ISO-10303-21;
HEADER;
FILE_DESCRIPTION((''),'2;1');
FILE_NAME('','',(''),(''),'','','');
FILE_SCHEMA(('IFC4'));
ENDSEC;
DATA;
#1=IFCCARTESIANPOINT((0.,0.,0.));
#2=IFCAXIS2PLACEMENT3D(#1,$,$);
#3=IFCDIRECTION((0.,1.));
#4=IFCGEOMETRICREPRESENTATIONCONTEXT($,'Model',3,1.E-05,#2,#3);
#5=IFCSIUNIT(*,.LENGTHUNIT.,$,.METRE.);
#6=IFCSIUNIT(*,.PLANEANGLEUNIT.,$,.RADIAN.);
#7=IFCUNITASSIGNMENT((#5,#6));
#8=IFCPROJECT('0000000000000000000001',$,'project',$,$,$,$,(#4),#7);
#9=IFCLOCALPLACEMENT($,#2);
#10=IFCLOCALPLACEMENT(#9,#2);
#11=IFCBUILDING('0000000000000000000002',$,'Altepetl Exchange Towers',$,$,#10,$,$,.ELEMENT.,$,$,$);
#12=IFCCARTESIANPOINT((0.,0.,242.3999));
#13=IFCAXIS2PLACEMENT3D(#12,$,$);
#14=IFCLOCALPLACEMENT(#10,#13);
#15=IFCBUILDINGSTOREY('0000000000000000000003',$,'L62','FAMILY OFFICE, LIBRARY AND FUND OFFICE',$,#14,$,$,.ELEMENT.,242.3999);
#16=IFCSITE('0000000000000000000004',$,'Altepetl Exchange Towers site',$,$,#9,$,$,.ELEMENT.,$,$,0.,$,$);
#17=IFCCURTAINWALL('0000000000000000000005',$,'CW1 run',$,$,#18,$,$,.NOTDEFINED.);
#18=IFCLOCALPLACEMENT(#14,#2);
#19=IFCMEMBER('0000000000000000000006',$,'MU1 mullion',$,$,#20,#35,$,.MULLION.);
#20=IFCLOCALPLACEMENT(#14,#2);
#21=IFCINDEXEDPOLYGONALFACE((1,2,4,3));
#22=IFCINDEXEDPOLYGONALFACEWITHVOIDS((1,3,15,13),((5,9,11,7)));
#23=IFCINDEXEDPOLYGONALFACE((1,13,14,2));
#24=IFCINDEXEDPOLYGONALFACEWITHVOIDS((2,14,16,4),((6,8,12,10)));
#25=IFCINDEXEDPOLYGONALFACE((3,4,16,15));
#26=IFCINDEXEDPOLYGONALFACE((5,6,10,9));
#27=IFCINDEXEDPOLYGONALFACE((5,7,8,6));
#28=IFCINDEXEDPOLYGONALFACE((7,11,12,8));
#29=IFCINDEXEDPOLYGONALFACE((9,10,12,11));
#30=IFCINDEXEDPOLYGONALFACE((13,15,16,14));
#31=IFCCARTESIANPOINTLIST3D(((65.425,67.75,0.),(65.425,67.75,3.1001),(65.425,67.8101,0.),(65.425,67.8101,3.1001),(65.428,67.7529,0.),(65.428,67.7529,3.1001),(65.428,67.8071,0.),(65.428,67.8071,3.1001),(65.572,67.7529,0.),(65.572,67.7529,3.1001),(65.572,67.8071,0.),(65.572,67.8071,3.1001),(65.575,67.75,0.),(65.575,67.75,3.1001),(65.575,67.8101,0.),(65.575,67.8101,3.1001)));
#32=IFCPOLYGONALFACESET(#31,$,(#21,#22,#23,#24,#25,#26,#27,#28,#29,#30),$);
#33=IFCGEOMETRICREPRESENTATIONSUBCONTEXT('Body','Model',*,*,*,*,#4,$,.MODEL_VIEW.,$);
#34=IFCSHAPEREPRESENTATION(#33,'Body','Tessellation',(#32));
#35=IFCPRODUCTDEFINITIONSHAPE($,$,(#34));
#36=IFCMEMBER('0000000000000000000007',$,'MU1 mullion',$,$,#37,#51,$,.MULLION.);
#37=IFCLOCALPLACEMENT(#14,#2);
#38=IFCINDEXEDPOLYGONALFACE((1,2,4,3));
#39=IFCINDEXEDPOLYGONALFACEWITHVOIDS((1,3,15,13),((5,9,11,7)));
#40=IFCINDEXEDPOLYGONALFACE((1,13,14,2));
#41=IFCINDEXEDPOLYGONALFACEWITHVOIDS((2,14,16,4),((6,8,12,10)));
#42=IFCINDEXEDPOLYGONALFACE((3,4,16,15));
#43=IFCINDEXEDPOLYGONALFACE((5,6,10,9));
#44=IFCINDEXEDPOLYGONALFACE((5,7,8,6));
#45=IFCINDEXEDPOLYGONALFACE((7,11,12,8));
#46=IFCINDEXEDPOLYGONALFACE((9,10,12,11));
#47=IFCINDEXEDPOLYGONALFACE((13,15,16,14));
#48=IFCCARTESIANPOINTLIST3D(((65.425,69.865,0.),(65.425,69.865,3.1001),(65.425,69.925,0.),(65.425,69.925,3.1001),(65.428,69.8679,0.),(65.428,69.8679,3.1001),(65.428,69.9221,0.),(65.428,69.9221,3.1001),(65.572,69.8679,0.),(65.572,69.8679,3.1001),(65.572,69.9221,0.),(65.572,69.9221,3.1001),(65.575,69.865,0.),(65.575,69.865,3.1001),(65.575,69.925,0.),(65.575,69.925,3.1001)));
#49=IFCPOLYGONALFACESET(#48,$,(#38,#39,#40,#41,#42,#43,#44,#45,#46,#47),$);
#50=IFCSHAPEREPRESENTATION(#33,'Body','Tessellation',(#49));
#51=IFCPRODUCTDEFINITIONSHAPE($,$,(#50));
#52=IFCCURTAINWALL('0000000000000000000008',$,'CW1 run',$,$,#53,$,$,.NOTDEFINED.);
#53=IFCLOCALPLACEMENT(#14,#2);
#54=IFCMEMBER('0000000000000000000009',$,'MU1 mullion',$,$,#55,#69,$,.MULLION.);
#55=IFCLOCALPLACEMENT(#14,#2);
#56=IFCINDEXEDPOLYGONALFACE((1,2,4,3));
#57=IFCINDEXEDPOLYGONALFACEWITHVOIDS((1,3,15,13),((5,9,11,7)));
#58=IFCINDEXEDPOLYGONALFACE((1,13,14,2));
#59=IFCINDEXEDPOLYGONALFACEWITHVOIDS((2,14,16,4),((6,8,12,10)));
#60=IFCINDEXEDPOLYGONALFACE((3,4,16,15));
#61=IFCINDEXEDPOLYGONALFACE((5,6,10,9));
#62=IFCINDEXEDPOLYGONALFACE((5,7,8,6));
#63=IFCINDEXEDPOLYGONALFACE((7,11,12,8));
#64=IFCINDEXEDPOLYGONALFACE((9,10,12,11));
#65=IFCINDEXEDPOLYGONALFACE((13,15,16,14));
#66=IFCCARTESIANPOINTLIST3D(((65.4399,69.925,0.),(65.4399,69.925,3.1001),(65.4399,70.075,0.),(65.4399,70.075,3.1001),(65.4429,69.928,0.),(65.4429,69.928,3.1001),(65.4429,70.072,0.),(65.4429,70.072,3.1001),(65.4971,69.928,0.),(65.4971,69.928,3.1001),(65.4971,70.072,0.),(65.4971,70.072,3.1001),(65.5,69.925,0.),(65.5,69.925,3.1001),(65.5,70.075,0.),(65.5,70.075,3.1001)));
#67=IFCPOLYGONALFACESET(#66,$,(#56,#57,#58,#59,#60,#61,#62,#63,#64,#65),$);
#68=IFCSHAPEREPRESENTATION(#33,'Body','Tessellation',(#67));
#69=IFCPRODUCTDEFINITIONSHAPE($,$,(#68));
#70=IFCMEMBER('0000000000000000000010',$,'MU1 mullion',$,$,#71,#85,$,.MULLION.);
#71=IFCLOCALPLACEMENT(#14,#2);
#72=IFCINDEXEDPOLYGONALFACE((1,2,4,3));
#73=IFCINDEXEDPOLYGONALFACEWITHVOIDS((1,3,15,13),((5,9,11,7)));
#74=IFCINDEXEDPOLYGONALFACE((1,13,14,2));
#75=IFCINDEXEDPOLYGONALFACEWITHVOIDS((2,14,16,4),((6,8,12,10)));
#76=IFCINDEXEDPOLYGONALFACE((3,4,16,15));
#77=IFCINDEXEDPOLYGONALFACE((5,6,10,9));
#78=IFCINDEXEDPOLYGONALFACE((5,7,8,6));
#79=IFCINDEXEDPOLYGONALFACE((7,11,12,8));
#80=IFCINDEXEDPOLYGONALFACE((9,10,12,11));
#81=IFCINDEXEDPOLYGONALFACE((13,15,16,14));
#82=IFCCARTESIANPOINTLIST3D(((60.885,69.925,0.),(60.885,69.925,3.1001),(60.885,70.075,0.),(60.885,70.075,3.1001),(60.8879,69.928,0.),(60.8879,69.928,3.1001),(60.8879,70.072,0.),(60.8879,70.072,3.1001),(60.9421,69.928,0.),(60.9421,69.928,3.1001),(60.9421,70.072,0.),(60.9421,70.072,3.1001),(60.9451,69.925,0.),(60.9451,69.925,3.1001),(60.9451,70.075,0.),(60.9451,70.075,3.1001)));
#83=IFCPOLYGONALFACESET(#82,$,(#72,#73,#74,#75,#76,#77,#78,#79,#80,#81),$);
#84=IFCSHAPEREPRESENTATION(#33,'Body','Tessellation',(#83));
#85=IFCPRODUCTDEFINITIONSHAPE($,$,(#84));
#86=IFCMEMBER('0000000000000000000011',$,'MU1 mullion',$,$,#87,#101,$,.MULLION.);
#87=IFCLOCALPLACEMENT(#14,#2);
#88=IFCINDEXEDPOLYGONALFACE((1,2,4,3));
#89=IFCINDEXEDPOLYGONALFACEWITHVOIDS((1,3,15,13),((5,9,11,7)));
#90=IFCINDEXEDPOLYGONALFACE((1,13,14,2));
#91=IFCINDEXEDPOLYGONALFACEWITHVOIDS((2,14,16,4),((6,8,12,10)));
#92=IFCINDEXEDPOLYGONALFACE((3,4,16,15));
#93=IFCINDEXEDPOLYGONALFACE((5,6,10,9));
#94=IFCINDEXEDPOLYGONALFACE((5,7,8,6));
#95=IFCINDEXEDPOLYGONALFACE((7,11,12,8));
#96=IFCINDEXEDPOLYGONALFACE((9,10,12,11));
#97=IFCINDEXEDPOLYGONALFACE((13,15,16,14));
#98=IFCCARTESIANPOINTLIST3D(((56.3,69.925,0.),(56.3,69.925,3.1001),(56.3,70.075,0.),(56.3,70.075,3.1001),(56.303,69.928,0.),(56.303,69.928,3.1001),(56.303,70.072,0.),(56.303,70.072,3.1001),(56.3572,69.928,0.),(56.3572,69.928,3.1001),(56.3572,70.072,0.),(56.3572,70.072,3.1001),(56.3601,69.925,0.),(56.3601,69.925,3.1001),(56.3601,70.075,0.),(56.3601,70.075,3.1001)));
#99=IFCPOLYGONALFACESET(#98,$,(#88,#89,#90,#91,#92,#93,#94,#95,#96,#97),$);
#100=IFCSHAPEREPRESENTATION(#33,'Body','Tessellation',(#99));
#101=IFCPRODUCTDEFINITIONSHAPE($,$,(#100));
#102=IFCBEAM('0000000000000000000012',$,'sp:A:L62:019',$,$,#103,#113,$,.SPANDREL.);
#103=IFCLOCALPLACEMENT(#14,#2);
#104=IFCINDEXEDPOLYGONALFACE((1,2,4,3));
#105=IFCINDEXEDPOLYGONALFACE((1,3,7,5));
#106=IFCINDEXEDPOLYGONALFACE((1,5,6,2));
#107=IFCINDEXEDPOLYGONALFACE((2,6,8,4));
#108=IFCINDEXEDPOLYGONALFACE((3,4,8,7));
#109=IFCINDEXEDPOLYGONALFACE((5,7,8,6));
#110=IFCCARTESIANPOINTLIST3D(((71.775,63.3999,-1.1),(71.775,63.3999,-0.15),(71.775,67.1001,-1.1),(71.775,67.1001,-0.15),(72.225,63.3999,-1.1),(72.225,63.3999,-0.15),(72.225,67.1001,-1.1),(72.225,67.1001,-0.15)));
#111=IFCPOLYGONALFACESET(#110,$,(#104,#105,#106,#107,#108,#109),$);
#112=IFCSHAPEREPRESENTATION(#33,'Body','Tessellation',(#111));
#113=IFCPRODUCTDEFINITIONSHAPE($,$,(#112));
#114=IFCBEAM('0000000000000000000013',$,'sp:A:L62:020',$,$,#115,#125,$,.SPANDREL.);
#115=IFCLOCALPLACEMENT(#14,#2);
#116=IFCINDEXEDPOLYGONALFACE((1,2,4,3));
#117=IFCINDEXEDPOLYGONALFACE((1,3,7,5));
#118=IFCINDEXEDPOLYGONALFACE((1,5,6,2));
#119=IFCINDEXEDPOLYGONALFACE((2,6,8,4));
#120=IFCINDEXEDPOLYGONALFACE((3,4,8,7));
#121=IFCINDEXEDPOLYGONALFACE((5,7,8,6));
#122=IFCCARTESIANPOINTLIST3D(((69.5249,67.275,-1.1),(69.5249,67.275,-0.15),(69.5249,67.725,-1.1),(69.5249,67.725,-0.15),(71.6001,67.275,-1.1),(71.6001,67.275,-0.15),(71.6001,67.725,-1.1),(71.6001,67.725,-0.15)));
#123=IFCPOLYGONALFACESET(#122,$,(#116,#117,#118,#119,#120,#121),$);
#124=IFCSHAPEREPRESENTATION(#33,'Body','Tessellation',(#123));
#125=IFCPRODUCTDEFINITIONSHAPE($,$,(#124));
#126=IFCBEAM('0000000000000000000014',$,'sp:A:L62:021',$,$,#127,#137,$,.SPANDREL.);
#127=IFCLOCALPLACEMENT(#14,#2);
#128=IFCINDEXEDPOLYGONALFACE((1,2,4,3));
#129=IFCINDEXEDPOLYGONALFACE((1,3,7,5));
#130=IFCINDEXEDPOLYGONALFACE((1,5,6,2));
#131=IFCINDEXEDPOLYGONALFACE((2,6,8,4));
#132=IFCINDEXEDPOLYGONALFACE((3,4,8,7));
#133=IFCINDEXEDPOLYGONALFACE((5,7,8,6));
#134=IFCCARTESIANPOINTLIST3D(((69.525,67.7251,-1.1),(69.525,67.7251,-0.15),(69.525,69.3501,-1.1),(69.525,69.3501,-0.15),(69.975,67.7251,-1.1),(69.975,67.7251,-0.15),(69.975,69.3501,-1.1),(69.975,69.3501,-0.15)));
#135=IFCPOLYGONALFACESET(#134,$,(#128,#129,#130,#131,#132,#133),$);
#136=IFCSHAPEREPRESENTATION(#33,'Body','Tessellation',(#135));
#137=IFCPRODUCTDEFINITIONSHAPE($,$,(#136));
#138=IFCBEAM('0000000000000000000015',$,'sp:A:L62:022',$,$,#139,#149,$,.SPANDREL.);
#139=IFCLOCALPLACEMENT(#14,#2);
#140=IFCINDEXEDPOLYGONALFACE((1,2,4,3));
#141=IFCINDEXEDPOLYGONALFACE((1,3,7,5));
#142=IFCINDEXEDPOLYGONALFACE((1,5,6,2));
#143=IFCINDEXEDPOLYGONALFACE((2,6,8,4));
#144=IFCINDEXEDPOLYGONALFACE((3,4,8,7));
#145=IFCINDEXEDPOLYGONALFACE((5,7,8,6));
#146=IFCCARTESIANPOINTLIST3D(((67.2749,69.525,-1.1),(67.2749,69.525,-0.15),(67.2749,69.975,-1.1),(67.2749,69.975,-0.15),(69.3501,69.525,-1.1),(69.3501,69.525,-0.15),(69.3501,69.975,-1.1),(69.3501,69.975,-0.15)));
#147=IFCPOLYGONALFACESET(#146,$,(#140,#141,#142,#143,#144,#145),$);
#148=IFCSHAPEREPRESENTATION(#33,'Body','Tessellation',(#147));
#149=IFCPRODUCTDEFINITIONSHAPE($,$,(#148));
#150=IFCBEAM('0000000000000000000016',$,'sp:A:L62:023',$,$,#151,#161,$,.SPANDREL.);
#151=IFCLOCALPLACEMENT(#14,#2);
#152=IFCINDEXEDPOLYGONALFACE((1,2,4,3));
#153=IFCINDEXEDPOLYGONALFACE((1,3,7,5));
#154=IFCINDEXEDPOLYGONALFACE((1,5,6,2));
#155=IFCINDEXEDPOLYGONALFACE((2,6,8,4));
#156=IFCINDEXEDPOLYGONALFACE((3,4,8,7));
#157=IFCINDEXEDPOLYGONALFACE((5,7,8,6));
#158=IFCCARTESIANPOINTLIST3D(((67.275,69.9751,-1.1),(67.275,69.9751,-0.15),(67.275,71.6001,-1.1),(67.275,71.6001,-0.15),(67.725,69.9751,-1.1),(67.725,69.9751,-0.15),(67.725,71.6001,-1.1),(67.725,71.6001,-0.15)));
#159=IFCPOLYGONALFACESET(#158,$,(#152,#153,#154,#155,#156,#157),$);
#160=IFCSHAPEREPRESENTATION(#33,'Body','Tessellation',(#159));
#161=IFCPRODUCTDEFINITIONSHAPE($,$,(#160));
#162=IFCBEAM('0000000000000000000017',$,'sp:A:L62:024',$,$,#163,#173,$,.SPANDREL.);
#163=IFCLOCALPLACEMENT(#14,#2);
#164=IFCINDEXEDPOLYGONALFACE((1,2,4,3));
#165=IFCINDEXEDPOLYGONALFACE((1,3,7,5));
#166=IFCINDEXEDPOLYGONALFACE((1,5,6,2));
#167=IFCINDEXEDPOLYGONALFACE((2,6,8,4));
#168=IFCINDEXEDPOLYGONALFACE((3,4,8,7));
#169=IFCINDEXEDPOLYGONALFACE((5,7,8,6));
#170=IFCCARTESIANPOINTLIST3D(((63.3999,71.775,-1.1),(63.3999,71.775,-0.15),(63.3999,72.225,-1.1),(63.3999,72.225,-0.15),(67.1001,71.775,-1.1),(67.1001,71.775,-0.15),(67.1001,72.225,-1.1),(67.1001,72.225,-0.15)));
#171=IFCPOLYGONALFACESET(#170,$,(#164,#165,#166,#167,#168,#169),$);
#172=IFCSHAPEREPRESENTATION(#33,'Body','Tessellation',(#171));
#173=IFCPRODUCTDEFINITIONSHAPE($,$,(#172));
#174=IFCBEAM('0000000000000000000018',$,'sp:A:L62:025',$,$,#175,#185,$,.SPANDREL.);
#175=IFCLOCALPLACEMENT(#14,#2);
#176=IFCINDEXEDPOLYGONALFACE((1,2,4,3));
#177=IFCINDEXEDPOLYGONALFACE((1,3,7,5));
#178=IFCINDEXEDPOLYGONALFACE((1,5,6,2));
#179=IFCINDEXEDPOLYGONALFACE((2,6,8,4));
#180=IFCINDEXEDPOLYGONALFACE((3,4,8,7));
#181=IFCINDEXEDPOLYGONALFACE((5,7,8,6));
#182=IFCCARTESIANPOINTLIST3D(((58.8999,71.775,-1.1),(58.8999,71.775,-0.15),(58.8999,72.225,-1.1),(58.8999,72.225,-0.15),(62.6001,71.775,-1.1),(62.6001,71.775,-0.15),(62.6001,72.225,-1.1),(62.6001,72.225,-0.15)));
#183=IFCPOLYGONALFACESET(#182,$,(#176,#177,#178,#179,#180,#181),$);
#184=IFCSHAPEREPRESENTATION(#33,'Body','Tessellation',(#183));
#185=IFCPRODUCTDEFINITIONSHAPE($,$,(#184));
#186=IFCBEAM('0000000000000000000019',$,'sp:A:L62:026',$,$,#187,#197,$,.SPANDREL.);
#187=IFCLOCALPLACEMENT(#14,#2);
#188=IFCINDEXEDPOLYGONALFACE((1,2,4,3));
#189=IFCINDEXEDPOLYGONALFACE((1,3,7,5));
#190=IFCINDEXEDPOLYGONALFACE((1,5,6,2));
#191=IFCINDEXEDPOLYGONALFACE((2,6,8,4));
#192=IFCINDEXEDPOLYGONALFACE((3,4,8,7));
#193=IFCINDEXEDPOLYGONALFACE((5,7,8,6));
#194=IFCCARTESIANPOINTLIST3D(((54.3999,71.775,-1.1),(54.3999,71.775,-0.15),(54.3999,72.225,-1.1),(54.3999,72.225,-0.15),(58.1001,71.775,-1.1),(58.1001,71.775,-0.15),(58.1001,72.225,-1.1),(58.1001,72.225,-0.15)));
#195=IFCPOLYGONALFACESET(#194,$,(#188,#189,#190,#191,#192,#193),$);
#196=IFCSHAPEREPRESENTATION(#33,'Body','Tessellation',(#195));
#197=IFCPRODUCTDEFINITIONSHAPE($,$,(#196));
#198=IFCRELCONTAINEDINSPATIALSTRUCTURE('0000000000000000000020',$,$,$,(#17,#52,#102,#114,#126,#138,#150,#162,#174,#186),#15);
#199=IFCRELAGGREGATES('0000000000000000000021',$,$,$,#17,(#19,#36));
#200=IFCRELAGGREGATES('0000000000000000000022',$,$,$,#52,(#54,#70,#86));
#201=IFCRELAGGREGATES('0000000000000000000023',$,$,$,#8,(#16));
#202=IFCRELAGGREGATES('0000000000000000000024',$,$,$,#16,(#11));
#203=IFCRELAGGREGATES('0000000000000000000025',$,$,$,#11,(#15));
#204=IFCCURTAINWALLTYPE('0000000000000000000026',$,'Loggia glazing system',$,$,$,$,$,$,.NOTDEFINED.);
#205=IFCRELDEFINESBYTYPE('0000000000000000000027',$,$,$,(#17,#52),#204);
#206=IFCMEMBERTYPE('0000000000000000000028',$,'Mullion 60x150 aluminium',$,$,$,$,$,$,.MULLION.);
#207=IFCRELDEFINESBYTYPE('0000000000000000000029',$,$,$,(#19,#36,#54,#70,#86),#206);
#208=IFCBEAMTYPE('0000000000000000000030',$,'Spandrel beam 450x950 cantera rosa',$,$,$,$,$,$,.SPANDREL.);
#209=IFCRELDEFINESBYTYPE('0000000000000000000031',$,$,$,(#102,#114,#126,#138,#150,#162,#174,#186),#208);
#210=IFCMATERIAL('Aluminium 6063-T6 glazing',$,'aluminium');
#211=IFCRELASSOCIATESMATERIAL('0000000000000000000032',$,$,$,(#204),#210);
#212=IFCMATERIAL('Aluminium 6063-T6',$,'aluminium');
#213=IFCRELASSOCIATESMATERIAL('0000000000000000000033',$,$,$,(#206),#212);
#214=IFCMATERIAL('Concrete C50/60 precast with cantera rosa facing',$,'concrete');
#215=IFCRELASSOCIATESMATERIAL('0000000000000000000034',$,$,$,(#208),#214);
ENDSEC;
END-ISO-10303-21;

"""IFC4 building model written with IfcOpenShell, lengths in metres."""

from ifc_helpers import new_model, si_unit, direction, frame, origin, origin_2d, place, context, subcontext, project, spatial, rectangle, hollow_rectangle, extrude, material, material_profile, profile_set, type_object, element, aggregate, save


model = new_model("IFC4")

# Units and contexts
model_context = context("Model", 3, precision=1e-05, world=origin(), true_north=direction((0.0, 1.0)))
body_context = subcontext(model_context, "Body", "Model", "MODEL_VIEW")
ifc_project = project(units=[si_unit("LENGTHUNIT", "METRE"), si_unit("PLANEANGLEUNIT", "RADIAN")], contexts=[model_context])

# Site, building, storey
site_placement = place(None, origin())
site = spatial("IfcSite", under=ifc_project, at=site_placement, Name="Altepetl Exchange Towers site", CompositionType="ELEMENT", RefElevation=0.0)
building_placement = place(site_placement, origin())
building = spatial("IfcBuilding", under=site, at=building_placement, Name="Altepetl Exchange Towers", CompositionType="ELEMENT")
storey_placement = place(building_placement, frame((0.0, 0.0, 242.3999)))
storey = spatial("IfcBuildingStorey", under=building, at=storey_placement, Name="L62", Description="FAMILY OFFICE, LIBRARY AND FUND OFFICE", CompositionType="ELEMENT", Elevation=242.3999)

# Shared definitions
ifc_material_1 = material(Name="Aluminium 6063-T6 glazing", Category="aluminium")
curtain_wall_type = type_object("IfcCurtainWallType", Name="Loggia glazing system", PredefinedType="NOTDEFINED", material=ifc_material_1)
ifc_material_2 = material(Name="Aluminium 6063-T6", Category="aluminium")
ifc_material_profile_1 = material_profile(ifc_material_2, hollow_rectangle(XDim=0.0601, YDim=0.1499, WallThickness=0.0029, at=origin_2d()), Name="Mullion 60x150 aluminium")
ifc_profile_set_1 = profile_set([ifc_material_profile_1], Name="Aluminium 6063-T6")
member_type = type_object("IfcMemberType", Name="Mullion 60x150 aluminium", PredefinedType="MULLION", material=ifc_profile_set_1)

# Curtain walls, members
curtain_wall_1_placement = place(storey_placement, origin())
curtain_wall_1 = element("IfcCurtainWall", 1, at=curtain_wall_1_placement, inside=storey, type_object=curtain_wall_type, Name="CW1 run", PredefinedType="NOTDEFINED")
member_1_placement = place(storey_placement, frame((65.5, 67.78, 0.0), z_axis=(0.0, 0.0, 1.0), x_axis=(0.0, 1.0, 0.0)))
member_1 = element("IfcMember", 2, at=member_1_placement, type_object=member_type, Name="MU1 mullion", PredefinedType="MULLION", context=body_context, shape_type="SweptSolid", body=[
    extrude(hollow_rectangle(XDim=0.0601, YDim=0.1499, WallThickness=0.0029, at=origin_2d()), origin(), (0.0, 0.0, 1.0), 3.1001),
])
member_2_placement = place(storey_placement, frame((65.5, 69.895, 0.0), z_axis=(0.0, 0.0, 1.0), x_axis=(0.0, 1.0, 0.0)))
member_2 = element("IfcMember", 3, at=member_2_placement, type_object=member_type, Name="MU1 mullion", PredefinedType="MULLION", context=body_context, shape_type="SweptSolid", body=[
    extrude(hollow_rectangle(XDim=0.0601, YDim=0.1499, WallThickness=0.0029, at=origin_2d()), origin(), (0.0, 0.0, 1.0), 3.1001),
])
curtain_wall_2_placement = place(storey_placement, origin())
curtain_wall_2 = element("IfcCurtainWall", 4, at=curtain_wall_2_placement, inside=storey, type_object=curtain_wall_type, Name="CW1 run", PredefinedType="NOTDEFINED")
member_3_placement = place(storey_placement, frame((65.47, 70.0, 0.0), z_axis=(0.0, 0.0, 1.0), x_axis=(-1.0, 0.0, 0.0)))
member_3 = element("IfcMember", 5, at=member_3_placement, type_object=member_type, Name="MU1 mullion", PredefinedType="MULLION", context=body_context, shape_type="SweptSolid", body=[
    extrude(hollow_rectangle(XDim=0.0601, YDim=0.1499, WallThickness=0.0029, at=origin_2d()), origin(), (0.0, 0.0, 1.0), 3.1001),
])
member_4_placement = place(storey_placement, frame((60.915, 70.0, 0.0), z_axis=(0.0, 0.0, 1.0), x_axis=(-1.0, 0.0, 0.0)))
member_4 = element("IfcMember", 6, at=member_4_placement, type_object=member_type, Name="MU1 mullion", PredefinedType="MULLION", context=body_context, shape_type="SweptSolid", body=[
    extrude(hollow_rectangle(XDim=0.0601, YDim=0.1499, WallThickness=0.0029, at=origin_2d()), origin(), (0.0, 0.0, 1.0), 3.1001),
])
member_5_placement = place(storey_placement, frame((56.3301, 70.0, 0.0), z_axis=(0.0, 0.0, 1.0), x_axis=(-1.0, 0.0, 0.0)))
member_5 = element("IfcMember", 7, at=member_5_placement, type_object=member_type, Name="MU1 mullion", PredefinedType="MULLION", context=body_context, shape_type="SweptSolid", body=[
    extrude(hollow_rectangle(XDim=0.0601, YDim=0.1499, WallThickness=0.0029, at=origin_2d()), origin(), (0.0, 0.0, 1.0), 3.1001),
])

# Beams
ifc_material_3 = material(Name="Concrete C50/60 precast with cantera rosa facing", Category="concrete")
ifc_material_profile_2 = material_profile(ifc_material_3, rectangle(XDim=0.45, YDim=0.95, at=origin_2d()), Name="450 x 950")
ifc_profile_set_2 = profile_set([ifc_material_profile_2], Name="Concrete C50/60 precast with cantera rosa facing")
beam_type = type_object("IfcBeamType", Name="Spandrel beam 450x950 cantera rosa", PredefinedType="SPANDREL", material=ifc_profile_set_2)
beam_1_placement = place(storey_placement, frame((72.0, 63.3999, -0.625), z_axis=(0.0, 1.0, 0.0), x_axis=(-1.0, 0.0, 0.0)))
element("IfcBeam", 8, at=beam_1_placement, inside=storey, type_object=beam_type, Name="sp:A:L62:019", PredefinedType="SPANDREL", context=body_context, shape_type="SweptSolid", body=[
    extrude(rectangle(XDim=0.45, YDim=0.95, at=origin_2d()), origin(), (0.0, 0.0, 1.0), 3.7002),
])
beam_2_placement = place(storey_placement, frame((71.6001, 67.5, -0.625), z_axis=(-1.0, 0.0, 0.0), x_axis=(0.0, -1.0, 0.0)))
element("IfcBeam", 9, at=beam_2_placement, inside=storey, type_object=beam_type, Name="sp:A:L62:020", PredefinedType="SPANDREL", context=body_context, shape_type="SweptSolid", body=[
    extrude(rectangle(XDim=0.45, YDim=0.95, at=origin_2d()), origin(), (0.0, 0.0, 1.0), 2.0752),
])
beam_3_placement = place(storey_placement, frame((69.75, 67.7251, -0.625), z_axis=(0.0, 1.0, 0.0), x_axis=(-1.0, 0.0, 0.0)))
element("IfcBeam", 10, at=beam_3_placement, inside=storey, type_object=beam_type, Name="sp:A:L62:021", PredefinedType="SPANDREL", context=body_context, shape_type="SweptSolid", body=[
    extrude(rectangle(XDim=0.45, YDim=0.95, at=origin_2d()), origin(), (0.0, 0.0, 1.0), 1.625),
])
beam_4_placement = place(storey_placement, frame((69.3501, 69.75, -0.625), z_axis=(-1.0, 0.0, 0.0), x_axis=(0.0, -1.0, 0.0)))
element("IfcBeam", 11, at=beam_4_placement, inside=storey, type_object=beam_type, Name="sp:A:L62:022", PredefinedType="SPANDREL", context=body_context, shape_type="SweptSolid", body=[
    extrude(rectangle(XDim=0.45, YDim=0.95, at=origin_2d()), origin(), (0.0, 0.0, 1.0), 2.0752),
])
beam_5_placement = place(storey_placement, frame((67.5, 69.9751, -0.625), z_axis=(0.0, 1.0, 0.0), x_axis=(-1.0, 0.0, 0.0)))
element("IfcBeam", 12, at=beam_5_placement, inside=storey, type_object=beam_type, Name="sp:A:L62:023", PredefinedType="SPANDREL", context=body_context, shape_type="SweptSolid", body=[
    extrude(rectangle(XDim=0.45, YDim=0.95, at=origin_2d()), origin(), (0.0, 0.0, 1.0), 1.625),
])
for number, where, z_axis, x_axis, name in (
    (13, (67.1001, 72.0, -0.625), (-1.0, 0.0, 0.0), (0.0, -1.0, 0.0), "sp:A:L62:024"),
    (14, (62.6001, 72.0, -0.625), (-1.0, 0.0, 0.0), (0.0, -1.0, 0.0), "sp:A:L62:025"),
    (15, (58.1001, 72.0, -0.625), (-1.0, 0.0, 0.0), (0.0, -1.0, 0.0), "sp:A:L62:026"),
):
    element("IfcBeam", number, at=place(storey_placement, frame(where, z_axis=z_axis, x_axis=x_axis)), inside=storey, type_object=beam_type, Name=name, PredefinedType="SPANDREL", context=body_context, shape_type="SweptSolid", body=[
        extrude(rectangle(XDim=0.45, YDim=0.95, at=origin_2d()), origin(), (0.0, 0.0, 1.0), 3.7002),
    ])

aggregate(curtain_wall_1, [member_1, member_2])
aggregate(curtain_wall_2, [member_3, member_4, member_5])

save(model, "model.ifc")
